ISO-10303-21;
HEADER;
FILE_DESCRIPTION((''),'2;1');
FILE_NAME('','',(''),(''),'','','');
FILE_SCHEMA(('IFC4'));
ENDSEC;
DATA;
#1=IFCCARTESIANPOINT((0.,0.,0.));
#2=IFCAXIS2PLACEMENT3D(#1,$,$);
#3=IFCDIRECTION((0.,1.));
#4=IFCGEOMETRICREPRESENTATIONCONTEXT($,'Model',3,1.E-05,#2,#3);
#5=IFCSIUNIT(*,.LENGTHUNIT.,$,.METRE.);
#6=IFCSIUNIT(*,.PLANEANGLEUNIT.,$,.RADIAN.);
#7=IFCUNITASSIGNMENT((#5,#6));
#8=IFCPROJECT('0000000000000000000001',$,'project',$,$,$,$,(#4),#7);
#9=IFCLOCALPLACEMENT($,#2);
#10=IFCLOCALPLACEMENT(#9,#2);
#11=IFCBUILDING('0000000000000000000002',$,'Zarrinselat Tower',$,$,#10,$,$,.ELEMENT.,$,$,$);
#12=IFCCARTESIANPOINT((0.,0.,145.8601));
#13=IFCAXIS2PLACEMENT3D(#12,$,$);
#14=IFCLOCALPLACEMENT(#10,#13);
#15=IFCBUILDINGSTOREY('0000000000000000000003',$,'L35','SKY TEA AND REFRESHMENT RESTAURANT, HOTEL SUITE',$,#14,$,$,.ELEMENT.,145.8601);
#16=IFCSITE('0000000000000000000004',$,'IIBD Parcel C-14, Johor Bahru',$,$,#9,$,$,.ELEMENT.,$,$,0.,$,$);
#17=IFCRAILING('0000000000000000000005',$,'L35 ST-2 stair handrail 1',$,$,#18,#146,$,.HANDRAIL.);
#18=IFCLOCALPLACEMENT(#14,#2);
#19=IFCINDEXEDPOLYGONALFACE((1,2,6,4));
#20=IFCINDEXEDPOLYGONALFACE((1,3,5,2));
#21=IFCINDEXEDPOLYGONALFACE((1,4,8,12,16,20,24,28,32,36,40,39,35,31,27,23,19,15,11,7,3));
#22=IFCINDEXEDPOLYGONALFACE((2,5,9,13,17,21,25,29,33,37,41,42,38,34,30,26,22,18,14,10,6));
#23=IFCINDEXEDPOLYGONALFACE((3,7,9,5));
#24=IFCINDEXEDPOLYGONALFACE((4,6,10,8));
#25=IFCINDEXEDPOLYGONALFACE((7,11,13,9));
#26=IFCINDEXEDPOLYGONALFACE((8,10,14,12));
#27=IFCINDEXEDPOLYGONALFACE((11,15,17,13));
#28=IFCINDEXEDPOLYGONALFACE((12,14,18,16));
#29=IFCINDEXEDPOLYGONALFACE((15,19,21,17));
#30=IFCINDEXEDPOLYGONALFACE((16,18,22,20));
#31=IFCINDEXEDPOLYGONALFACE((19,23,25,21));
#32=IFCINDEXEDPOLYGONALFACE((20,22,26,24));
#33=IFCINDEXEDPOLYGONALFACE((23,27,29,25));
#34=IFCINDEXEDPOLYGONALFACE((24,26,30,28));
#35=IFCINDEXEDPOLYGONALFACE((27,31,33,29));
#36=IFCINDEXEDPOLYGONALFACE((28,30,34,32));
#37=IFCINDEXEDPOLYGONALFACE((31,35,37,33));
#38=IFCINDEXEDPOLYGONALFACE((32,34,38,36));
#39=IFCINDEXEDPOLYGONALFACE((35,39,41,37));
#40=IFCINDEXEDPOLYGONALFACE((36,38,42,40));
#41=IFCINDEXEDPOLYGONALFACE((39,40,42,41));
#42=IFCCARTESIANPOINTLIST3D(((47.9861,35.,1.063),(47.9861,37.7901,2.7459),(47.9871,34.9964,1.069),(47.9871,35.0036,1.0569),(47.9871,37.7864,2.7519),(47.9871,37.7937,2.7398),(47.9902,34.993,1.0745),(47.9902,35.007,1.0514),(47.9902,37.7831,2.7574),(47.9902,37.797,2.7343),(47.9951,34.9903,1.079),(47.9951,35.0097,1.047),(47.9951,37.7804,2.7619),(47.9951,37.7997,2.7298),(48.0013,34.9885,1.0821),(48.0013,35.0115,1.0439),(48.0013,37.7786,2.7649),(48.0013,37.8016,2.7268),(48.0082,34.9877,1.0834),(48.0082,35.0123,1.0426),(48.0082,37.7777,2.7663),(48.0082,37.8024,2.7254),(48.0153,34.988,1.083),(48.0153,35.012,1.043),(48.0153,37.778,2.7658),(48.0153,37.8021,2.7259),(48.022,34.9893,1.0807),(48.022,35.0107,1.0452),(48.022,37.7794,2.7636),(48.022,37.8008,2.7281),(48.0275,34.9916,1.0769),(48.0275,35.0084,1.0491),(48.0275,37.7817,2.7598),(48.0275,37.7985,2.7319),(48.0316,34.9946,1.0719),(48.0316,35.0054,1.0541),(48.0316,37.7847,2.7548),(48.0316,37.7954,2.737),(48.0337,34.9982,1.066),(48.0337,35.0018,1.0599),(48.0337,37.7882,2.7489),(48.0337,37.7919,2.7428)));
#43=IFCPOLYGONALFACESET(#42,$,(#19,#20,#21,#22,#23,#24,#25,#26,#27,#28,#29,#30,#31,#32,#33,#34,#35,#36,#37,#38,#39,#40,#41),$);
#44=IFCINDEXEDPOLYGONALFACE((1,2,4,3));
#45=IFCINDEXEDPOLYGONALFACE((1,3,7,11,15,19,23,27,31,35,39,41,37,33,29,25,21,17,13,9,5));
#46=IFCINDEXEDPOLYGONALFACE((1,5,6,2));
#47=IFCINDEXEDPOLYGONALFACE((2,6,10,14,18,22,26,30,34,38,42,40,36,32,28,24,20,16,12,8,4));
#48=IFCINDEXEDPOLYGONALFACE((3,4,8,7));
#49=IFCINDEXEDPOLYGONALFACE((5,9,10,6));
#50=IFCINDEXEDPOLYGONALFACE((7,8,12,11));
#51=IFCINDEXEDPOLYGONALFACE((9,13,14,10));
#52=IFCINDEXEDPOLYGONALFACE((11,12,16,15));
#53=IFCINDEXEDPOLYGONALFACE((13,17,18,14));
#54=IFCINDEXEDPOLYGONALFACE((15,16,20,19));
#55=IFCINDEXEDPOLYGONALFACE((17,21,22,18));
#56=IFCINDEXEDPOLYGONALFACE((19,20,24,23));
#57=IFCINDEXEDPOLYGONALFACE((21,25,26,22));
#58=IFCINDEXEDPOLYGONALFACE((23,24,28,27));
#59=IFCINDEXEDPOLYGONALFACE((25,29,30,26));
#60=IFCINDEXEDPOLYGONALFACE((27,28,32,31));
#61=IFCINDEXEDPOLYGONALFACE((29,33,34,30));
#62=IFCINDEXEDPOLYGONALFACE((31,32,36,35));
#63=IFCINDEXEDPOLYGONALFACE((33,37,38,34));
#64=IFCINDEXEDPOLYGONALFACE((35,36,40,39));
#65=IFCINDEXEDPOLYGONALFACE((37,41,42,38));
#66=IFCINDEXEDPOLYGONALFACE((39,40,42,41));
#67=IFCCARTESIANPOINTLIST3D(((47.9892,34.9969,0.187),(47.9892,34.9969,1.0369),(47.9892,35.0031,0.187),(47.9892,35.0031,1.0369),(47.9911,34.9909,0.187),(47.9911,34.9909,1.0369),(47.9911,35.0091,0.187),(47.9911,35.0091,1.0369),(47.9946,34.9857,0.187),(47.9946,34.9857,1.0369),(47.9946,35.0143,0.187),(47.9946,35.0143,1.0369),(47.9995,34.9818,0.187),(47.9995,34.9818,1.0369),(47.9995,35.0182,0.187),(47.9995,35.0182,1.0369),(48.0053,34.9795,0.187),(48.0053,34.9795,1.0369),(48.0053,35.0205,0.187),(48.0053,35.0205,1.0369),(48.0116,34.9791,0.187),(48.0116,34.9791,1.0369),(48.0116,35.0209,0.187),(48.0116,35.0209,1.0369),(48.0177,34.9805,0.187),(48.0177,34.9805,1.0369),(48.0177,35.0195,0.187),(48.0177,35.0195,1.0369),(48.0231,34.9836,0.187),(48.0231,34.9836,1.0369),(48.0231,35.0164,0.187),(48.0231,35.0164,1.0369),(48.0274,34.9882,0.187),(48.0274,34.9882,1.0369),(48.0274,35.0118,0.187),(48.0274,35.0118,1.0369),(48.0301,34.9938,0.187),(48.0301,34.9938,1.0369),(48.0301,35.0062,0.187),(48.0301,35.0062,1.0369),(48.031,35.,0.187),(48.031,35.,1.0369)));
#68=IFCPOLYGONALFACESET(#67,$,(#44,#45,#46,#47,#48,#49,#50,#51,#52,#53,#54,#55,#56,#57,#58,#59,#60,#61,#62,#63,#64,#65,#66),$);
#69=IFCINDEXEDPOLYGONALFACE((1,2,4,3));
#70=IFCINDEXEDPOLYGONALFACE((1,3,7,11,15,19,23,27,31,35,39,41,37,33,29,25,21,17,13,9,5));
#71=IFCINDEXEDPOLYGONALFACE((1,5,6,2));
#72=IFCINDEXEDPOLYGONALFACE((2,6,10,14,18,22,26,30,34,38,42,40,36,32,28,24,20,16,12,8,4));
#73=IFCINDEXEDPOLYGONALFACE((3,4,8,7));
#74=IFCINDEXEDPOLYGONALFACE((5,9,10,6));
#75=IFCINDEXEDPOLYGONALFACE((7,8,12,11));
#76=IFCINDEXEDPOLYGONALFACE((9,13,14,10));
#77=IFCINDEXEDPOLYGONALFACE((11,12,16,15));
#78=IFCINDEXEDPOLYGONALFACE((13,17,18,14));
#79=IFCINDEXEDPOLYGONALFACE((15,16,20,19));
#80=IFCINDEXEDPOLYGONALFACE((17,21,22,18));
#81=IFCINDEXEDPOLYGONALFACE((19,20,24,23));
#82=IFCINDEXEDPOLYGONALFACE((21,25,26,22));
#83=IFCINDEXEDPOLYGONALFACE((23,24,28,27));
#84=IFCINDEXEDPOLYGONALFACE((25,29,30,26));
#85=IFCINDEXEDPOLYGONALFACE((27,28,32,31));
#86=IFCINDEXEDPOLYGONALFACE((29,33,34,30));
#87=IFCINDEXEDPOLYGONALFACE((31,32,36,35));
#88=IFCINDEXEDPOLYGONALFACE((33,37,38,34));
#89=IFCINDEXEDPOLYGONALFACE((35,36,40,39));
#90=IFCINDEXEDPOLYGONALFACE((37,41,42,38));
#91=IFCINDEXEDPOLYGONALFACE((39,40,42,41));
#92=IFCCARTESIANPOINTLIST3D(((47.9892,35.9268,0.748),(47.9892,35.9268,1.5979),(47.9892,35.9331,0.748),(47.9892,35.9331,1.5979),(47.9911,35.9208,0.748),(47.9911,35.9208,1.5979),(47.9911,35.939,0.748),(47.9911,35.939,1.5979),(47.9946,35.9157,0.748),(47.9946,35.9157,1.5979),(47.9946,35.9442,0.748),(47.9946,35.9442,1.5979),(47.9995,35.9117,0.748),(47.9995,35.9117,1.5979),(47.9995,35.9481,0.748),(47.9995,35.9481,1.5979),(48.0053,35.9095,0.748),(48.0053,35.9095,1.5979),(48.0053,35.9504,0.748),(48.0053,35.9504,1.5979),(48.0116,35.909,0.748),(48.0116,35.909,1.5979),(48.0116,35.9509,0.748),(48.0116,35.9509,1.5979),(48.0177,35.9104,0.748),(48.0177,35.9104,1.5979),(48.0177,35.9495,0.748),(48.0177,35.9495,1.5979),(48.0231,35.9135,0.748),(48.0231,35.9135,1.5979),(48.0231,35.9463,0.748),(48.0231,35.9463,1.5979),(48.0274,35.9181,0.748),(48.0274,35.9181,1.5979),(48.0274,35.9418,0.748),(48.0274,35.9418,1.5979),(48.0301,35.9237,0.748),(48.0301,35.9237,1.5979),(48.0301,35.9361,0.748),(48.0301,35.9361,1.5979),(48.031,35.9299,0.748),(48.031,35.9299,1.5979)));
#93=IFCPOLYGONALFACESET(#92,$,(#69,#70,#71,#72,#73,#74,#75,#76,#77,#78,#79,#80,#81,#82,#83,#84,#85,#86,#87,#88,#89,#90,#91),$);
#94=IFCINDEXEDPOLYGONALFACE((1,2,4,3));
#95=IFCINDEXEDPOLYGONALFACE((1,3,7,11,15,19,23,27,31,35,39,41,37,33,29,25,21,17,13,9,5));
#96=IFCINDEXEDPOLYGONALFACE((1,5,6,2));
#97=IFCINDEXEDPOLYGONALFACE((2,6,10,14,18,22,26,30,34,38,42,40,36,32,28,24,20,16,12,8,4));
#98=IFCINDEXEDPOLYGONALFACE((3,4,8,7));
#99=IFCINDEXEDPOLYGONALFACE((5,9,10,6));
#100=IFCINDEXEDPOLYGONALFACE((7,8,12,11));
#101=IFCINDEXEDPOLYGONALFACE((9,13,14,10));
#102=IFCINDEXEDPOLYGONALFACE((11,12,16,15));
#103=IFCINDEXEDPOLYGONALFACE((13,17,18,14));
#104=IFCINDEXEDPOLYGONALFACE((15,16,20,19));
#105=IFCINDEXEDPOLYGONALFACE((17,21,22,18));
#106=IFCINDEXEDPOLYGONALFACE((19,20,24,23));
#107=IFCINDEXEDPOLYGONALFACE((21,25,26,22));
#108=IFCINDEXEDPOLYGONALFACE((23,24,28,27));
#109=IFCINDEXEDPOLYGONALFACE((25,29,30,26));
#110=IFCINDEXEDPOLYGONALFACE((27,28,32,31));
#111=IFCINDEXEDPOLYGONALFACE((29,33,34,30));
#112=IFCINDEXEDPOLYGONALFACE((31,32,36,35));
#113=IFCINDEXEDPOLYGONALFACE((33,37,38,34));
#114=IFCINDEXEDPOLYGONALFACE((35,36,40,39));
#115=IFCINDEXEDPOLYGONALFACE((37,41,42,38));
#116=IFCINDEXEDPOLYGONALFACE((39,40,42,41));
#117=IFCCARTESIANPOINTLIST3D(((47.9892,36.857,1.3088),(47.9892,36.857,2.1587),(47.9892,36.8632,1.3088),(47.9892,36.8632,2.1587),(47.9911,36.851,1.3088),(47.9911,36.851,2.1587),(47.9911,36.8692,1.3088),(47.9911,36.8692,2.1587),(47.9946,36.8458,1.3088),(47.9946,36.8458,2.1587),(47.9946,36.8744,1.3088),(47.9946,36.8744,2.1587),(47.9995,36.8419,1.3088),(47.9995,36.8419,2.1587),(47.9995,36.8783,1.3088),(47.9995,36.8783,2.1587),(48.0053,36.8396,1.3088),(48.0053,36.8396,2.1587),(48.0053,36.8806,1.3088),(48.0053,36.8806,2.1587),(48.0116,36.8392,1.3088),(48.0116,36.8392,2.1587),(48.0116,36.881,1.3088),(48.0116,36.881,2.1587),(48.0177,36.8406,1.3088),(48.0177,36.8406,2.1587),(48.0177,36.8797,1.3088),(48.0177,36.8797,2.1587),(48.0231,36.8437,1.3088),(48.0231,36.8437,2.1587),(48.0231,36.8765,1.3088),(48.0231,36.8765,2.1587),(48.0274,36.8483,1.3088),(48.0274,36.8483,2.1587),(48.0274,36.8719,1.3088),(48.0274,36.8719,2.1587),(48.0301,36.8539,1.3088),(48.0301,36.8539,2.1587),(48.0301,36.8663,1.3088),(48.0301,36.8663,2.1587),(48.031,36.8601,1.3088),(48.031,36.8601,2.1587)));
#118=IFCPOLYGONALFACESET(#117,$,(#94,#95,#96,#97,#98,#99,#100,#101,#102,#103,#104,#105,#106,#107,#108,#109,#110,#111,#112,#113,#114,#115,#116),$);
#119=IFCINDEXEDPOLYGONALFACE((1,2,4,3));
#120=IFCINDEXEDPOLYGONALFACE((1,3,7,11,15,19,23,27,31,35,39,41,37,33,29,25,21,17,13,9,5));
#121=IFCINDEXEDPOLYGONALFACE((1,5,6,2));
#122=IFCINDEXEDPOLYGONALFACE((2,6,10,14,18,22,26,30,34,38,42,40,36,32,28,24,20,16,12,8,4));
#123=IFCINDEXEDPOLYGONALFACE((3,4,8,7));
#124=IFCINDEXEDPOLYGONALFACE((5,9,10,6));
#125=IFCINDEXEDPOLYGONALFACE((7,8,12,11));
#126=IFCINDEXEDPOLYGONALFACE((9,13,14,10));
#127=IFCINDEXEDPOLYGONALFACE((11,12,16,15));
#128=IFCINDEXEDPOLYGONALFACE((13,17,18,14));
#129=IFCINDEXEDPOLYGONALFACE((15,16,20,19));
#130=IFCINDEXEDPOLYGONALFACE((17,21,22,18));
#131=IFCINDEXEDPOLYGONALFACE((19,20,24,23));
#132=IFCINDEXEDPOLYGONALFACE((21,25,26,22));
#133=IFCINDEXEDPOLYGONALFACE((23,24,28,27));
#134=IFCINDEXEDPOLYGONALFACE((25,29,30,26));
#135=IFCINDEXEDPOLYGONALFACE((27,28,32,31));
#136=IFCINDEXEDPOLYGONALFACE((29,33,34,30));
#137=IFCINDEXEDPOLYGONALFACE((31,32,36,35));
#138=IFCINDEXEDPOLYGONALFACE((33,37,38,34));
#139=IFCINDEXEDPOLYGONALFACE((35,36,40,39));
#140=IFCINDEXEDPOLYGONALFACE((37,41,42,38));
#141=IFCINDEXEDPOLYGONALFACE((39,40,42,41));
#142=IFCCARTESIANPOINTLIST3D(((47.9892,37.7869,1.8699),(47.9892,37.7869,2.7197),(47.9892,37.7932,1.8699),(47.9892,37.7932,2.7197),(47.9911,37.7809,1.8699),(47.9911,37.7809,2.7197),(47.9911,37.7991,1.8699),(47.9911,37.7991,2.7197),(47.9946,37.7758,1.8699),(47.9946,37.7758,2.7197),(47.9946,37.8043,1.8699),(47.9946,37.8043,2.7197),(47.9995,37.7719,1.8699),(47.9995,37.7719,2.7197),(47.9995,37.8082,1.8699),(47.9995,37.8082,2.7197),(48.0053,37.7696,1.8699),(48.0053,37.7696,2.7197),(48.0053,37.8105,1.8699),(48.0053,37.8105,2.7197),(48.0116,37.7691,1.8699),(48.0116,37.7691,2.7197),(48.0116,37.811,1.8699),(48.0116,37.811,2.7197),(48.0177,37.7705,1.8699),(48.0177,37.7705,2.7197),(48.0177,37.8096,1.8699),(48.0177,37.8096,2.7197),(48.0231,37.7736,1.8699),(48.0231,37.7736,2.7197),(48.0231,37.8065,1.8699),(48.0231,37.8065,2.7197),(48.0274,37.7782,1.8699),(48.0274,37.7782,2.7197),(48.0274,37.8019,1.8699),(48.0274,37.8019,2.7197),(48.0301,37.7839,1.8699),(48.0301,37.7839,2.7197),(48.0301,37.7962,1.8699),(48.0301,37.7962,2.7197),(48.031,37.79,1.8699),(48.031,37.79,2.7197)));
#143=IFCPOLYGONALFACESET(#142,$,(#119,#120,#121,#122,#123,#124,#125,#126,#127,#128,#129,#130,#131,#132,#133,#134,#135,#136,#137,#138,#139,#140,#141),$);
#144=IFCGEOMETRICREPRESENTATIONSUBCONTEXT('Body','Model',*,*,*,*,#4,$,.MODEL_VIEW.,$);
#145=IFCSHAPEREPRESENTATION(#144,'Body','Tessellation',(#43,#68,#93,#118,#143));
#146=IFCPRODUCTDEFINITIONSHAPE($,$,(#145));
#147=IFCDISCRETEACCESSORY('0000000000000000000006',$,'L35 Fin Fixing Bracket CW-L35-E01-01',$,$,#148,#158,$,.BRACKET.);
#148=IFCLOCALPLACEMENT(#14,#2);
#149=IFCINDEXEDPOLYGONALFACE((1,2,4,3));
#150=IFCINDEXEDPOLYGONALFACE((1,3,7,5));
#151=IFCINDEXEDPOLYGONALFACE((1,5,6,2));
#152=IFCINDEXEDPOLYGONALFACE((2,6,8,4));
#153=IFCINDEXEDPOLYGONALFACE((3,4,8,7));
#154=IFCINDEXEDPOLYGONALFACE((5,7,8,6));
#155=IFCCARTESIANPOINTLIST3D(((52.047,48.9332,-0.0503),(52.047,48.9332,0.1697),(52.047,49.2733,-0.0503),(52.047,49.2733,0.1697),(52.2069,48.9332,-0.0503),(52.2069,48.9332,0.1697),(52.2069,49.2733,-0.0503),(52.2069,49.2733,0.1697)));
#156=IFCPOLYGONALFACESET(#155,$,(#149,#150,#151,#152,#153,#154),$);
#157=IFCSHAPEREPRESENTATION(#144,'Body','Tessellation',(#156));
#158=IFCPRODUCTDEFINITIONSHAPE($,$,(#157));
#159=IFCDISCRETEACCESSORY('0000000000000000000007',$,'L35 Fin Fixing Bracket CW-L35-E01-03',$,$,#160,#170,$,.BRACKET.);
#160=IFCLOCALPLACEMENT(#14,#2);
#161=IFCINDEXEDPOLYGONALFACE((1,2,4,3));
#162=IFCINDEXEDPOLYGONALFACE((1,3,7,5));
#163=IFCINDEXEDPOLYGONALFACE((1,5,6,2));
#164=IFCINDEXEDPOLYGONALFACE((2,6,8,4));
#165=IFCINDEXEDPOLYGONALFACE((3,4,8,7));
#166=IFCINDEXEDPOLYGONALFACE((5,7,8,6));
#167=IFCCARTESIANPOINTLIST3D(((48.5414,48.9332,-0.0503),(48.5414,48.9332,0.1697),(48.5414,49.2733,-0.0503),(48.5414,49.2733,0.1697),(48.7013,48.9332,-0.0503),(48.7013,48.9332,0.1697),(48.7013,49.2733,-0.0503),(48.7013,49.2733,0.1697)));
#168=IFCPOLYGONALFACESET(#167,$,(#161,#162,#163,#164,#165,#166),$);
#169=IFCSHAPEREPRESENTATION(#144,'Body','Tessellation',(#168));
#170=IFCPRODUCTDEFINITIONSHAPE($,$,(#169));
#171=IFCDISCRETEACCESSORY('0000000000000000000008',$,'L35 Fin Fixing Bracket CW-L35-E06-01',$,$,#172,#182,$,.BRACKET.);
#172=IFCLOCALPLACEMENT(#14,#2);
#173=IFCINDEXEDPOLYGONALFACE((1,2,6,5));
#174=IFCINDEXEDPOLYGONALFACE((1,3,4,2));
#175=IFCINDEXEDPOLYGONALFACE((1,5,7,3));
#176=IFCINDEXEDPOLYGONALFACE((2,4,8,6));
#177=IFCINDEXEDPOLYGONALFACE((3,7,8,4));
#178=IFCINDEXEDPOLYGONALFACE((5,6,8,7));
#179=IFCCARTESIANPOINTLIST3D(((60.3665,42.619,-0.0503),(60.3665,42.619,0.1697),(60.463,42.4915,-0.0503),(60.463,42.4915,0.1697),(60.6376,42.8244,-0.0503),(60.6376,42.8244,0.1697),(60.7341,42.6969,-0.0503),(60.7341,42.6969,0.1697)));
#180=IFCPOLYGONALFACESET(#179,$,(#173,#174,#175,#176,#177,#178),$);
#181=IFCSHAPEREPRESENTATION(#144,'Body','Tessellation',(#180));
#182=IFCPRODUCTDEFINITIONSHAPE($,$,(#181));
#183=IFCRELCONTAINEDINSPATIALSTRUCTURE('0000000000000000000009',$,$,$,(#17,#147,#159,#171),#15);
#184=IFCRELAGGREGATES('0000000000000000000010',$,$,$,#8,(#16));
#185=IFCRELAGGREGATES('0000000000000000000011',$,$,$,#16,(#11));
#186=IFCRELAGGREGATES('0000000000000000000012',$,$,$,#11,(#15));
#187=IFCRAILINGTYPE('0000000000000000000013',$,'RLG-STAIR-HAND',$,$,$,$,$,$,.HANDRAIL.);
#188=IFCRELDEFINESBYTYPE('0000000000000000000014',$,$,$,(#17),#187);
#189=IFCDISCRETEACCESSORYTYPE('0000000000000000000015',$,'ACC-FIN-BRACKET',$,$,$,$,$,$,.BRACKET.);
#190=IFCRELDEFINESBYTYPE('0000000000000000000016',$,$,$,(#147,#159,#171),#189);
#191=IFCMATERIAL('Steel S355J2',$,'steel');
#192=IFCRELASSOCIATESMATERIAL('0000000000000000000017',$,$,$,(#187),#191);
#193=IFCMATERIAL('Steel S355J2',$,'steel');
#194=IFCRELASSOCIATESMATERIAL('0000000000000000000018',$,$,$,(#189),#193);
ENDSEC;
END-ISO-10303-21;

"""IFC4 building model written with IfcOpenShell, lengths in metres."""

from ifc_helpers import new_model, si_unit, direction, frame, origin, origin_2d, place, context, subcontext, project, spatial, rectangle, circle, extrude, material, type_object, element, save


model = new_model("IFC4")

# Units and contexts
model_context = context("Model", 3, precision=1e-05, world=origin(), true_north=direction((0.0, 1.0)))
body_context = subcontext(model_context, "Body", "Model", "MODEL_VIEW")
ifc_project = project(units=[si_unit("LENGTHUNIT", "METRE"), si_unit("PLANEANGLEUNIT", "RADIAN")], contexts=[model_context])

# Site, building, storey
site_placement = place(None, origin())
site = spatial("IfcSite", under=ifc_project, at=site_placement, Name="IIBD Parcel C-14, Johor Bahru", CompositionType="ELEMENT", RefElevation=0.0)
building_placement = place(site_placement, origin())
building = spatial("IfcBuilding", under=site, at=building_placement, Name="Zarrinselat Tower", CompositionType="ELEMENT")
storey_placement = place(building_placement, frame((0.0, 0.0, 145.8601)))
storey = spatial("IfcBuildingStorey", under=building, at=storey_placement, Name="L35", Description="SKY TEA AND REFRESHMENT RESTAURANT, HOTEL SUITE", CompositionType="ELEMENT", Elevation=145.8601)

# Railing
ifc_material_1 = material(Name="Steel S355J2", Category="steel")
railing_type = type_object("IfcRailingType", Name="RLG-STAIR-HAND", PredefinedType="HANDRAIL", material=ifc_material_1)
railing_placement = place(storey_placement, frame((48.01, 35.0, 0.187)))
element("IfcRailing", 1, at=railing_placement, inside=storey, type_object=railing_type, Name="L35 ST-2 stair handrail 1", PredefinedType="HANDRAIL", context=body_context, shape_type="SweptSolid", body=[
    extrude(circle(Radius=0.0239, at=origin_2d()), frame((0.0, 0.0, 0.876), z_axis=(0.0, 0.856294, 0.516489), x_axis=(-1.0, 0.0, 0.0)), (0.0, 0.0, 1.0), 3.2583),
    extrude(circle(Radius=0.021, at=origin_2d()), origin(), (0.0, 0.0, 1.0), 0.8499),
    extrude(circle(Radius=0.021, at=origin_2d()), frame((0.0, 0.9299, 0.561)), (0.0, 0.0, 1.0), 0.8499),
    extrude(circle(Radius=0.021, at=origin_2d()), frame((0.0, 1.8601, 1.1218)), (0.0, 0.0, 1.0), 0.8499),
    extrude(circle(Radius=0.021, at=origin_2d()), frame((0.0, 2.79, 1.6829)), (0.0, 0.0, 1.0), 0.8499),
])

# Discrete accessories
ifc_material_2 = material(Name="Steel S355J2", Category="steel")
discrete_accessory_type = type_object("IfcDiscreteAccessoryType", Name="ACC-FIN-BRACKET", PredefinedType="BRACKET", material=ifc_material_2)
for number, where, z_axis, x_axis, name in (
    (2, (52.127, 49.1033, -0.0503), (0.0, 0.0, 1.0), (0.0, 1.0, 0.0), "L35 Fin Fixing Bracket CW-L35-E01-01"),
    (3, (48.6213, 49.1033, -0.0503), (0.0, 0.0, 1.0), (0.0, 1.0, 0.0), "L35 Fin Fixing Bracket CW-L35-E01-03"),
    (4, (60.5503, 42.658, -0.0503), (0.0, 0.0, 1.0), (0.797089, 0.603862, 0.0), "L35 Fin Fixing Bracket CW-L35-E06-01"),
):
    element("IfcDiscreteAccessory", number, at=place(storey_placement, frame(where, z_axis=z_axis, x_axis=x_axis)), inside=storey, type_object=discrete_accessory_type, Name=name, PredefinedType="BRACKET", context=body_context, shape_type="SweptSolid", body=[
        extrude(rectangle(XDim=0.3401, YDim=0.1599, at=origin_2d()), origin(), (0.0, 0.0, 1.0), 0.22),
    ])

save(model, "model.ifc")
